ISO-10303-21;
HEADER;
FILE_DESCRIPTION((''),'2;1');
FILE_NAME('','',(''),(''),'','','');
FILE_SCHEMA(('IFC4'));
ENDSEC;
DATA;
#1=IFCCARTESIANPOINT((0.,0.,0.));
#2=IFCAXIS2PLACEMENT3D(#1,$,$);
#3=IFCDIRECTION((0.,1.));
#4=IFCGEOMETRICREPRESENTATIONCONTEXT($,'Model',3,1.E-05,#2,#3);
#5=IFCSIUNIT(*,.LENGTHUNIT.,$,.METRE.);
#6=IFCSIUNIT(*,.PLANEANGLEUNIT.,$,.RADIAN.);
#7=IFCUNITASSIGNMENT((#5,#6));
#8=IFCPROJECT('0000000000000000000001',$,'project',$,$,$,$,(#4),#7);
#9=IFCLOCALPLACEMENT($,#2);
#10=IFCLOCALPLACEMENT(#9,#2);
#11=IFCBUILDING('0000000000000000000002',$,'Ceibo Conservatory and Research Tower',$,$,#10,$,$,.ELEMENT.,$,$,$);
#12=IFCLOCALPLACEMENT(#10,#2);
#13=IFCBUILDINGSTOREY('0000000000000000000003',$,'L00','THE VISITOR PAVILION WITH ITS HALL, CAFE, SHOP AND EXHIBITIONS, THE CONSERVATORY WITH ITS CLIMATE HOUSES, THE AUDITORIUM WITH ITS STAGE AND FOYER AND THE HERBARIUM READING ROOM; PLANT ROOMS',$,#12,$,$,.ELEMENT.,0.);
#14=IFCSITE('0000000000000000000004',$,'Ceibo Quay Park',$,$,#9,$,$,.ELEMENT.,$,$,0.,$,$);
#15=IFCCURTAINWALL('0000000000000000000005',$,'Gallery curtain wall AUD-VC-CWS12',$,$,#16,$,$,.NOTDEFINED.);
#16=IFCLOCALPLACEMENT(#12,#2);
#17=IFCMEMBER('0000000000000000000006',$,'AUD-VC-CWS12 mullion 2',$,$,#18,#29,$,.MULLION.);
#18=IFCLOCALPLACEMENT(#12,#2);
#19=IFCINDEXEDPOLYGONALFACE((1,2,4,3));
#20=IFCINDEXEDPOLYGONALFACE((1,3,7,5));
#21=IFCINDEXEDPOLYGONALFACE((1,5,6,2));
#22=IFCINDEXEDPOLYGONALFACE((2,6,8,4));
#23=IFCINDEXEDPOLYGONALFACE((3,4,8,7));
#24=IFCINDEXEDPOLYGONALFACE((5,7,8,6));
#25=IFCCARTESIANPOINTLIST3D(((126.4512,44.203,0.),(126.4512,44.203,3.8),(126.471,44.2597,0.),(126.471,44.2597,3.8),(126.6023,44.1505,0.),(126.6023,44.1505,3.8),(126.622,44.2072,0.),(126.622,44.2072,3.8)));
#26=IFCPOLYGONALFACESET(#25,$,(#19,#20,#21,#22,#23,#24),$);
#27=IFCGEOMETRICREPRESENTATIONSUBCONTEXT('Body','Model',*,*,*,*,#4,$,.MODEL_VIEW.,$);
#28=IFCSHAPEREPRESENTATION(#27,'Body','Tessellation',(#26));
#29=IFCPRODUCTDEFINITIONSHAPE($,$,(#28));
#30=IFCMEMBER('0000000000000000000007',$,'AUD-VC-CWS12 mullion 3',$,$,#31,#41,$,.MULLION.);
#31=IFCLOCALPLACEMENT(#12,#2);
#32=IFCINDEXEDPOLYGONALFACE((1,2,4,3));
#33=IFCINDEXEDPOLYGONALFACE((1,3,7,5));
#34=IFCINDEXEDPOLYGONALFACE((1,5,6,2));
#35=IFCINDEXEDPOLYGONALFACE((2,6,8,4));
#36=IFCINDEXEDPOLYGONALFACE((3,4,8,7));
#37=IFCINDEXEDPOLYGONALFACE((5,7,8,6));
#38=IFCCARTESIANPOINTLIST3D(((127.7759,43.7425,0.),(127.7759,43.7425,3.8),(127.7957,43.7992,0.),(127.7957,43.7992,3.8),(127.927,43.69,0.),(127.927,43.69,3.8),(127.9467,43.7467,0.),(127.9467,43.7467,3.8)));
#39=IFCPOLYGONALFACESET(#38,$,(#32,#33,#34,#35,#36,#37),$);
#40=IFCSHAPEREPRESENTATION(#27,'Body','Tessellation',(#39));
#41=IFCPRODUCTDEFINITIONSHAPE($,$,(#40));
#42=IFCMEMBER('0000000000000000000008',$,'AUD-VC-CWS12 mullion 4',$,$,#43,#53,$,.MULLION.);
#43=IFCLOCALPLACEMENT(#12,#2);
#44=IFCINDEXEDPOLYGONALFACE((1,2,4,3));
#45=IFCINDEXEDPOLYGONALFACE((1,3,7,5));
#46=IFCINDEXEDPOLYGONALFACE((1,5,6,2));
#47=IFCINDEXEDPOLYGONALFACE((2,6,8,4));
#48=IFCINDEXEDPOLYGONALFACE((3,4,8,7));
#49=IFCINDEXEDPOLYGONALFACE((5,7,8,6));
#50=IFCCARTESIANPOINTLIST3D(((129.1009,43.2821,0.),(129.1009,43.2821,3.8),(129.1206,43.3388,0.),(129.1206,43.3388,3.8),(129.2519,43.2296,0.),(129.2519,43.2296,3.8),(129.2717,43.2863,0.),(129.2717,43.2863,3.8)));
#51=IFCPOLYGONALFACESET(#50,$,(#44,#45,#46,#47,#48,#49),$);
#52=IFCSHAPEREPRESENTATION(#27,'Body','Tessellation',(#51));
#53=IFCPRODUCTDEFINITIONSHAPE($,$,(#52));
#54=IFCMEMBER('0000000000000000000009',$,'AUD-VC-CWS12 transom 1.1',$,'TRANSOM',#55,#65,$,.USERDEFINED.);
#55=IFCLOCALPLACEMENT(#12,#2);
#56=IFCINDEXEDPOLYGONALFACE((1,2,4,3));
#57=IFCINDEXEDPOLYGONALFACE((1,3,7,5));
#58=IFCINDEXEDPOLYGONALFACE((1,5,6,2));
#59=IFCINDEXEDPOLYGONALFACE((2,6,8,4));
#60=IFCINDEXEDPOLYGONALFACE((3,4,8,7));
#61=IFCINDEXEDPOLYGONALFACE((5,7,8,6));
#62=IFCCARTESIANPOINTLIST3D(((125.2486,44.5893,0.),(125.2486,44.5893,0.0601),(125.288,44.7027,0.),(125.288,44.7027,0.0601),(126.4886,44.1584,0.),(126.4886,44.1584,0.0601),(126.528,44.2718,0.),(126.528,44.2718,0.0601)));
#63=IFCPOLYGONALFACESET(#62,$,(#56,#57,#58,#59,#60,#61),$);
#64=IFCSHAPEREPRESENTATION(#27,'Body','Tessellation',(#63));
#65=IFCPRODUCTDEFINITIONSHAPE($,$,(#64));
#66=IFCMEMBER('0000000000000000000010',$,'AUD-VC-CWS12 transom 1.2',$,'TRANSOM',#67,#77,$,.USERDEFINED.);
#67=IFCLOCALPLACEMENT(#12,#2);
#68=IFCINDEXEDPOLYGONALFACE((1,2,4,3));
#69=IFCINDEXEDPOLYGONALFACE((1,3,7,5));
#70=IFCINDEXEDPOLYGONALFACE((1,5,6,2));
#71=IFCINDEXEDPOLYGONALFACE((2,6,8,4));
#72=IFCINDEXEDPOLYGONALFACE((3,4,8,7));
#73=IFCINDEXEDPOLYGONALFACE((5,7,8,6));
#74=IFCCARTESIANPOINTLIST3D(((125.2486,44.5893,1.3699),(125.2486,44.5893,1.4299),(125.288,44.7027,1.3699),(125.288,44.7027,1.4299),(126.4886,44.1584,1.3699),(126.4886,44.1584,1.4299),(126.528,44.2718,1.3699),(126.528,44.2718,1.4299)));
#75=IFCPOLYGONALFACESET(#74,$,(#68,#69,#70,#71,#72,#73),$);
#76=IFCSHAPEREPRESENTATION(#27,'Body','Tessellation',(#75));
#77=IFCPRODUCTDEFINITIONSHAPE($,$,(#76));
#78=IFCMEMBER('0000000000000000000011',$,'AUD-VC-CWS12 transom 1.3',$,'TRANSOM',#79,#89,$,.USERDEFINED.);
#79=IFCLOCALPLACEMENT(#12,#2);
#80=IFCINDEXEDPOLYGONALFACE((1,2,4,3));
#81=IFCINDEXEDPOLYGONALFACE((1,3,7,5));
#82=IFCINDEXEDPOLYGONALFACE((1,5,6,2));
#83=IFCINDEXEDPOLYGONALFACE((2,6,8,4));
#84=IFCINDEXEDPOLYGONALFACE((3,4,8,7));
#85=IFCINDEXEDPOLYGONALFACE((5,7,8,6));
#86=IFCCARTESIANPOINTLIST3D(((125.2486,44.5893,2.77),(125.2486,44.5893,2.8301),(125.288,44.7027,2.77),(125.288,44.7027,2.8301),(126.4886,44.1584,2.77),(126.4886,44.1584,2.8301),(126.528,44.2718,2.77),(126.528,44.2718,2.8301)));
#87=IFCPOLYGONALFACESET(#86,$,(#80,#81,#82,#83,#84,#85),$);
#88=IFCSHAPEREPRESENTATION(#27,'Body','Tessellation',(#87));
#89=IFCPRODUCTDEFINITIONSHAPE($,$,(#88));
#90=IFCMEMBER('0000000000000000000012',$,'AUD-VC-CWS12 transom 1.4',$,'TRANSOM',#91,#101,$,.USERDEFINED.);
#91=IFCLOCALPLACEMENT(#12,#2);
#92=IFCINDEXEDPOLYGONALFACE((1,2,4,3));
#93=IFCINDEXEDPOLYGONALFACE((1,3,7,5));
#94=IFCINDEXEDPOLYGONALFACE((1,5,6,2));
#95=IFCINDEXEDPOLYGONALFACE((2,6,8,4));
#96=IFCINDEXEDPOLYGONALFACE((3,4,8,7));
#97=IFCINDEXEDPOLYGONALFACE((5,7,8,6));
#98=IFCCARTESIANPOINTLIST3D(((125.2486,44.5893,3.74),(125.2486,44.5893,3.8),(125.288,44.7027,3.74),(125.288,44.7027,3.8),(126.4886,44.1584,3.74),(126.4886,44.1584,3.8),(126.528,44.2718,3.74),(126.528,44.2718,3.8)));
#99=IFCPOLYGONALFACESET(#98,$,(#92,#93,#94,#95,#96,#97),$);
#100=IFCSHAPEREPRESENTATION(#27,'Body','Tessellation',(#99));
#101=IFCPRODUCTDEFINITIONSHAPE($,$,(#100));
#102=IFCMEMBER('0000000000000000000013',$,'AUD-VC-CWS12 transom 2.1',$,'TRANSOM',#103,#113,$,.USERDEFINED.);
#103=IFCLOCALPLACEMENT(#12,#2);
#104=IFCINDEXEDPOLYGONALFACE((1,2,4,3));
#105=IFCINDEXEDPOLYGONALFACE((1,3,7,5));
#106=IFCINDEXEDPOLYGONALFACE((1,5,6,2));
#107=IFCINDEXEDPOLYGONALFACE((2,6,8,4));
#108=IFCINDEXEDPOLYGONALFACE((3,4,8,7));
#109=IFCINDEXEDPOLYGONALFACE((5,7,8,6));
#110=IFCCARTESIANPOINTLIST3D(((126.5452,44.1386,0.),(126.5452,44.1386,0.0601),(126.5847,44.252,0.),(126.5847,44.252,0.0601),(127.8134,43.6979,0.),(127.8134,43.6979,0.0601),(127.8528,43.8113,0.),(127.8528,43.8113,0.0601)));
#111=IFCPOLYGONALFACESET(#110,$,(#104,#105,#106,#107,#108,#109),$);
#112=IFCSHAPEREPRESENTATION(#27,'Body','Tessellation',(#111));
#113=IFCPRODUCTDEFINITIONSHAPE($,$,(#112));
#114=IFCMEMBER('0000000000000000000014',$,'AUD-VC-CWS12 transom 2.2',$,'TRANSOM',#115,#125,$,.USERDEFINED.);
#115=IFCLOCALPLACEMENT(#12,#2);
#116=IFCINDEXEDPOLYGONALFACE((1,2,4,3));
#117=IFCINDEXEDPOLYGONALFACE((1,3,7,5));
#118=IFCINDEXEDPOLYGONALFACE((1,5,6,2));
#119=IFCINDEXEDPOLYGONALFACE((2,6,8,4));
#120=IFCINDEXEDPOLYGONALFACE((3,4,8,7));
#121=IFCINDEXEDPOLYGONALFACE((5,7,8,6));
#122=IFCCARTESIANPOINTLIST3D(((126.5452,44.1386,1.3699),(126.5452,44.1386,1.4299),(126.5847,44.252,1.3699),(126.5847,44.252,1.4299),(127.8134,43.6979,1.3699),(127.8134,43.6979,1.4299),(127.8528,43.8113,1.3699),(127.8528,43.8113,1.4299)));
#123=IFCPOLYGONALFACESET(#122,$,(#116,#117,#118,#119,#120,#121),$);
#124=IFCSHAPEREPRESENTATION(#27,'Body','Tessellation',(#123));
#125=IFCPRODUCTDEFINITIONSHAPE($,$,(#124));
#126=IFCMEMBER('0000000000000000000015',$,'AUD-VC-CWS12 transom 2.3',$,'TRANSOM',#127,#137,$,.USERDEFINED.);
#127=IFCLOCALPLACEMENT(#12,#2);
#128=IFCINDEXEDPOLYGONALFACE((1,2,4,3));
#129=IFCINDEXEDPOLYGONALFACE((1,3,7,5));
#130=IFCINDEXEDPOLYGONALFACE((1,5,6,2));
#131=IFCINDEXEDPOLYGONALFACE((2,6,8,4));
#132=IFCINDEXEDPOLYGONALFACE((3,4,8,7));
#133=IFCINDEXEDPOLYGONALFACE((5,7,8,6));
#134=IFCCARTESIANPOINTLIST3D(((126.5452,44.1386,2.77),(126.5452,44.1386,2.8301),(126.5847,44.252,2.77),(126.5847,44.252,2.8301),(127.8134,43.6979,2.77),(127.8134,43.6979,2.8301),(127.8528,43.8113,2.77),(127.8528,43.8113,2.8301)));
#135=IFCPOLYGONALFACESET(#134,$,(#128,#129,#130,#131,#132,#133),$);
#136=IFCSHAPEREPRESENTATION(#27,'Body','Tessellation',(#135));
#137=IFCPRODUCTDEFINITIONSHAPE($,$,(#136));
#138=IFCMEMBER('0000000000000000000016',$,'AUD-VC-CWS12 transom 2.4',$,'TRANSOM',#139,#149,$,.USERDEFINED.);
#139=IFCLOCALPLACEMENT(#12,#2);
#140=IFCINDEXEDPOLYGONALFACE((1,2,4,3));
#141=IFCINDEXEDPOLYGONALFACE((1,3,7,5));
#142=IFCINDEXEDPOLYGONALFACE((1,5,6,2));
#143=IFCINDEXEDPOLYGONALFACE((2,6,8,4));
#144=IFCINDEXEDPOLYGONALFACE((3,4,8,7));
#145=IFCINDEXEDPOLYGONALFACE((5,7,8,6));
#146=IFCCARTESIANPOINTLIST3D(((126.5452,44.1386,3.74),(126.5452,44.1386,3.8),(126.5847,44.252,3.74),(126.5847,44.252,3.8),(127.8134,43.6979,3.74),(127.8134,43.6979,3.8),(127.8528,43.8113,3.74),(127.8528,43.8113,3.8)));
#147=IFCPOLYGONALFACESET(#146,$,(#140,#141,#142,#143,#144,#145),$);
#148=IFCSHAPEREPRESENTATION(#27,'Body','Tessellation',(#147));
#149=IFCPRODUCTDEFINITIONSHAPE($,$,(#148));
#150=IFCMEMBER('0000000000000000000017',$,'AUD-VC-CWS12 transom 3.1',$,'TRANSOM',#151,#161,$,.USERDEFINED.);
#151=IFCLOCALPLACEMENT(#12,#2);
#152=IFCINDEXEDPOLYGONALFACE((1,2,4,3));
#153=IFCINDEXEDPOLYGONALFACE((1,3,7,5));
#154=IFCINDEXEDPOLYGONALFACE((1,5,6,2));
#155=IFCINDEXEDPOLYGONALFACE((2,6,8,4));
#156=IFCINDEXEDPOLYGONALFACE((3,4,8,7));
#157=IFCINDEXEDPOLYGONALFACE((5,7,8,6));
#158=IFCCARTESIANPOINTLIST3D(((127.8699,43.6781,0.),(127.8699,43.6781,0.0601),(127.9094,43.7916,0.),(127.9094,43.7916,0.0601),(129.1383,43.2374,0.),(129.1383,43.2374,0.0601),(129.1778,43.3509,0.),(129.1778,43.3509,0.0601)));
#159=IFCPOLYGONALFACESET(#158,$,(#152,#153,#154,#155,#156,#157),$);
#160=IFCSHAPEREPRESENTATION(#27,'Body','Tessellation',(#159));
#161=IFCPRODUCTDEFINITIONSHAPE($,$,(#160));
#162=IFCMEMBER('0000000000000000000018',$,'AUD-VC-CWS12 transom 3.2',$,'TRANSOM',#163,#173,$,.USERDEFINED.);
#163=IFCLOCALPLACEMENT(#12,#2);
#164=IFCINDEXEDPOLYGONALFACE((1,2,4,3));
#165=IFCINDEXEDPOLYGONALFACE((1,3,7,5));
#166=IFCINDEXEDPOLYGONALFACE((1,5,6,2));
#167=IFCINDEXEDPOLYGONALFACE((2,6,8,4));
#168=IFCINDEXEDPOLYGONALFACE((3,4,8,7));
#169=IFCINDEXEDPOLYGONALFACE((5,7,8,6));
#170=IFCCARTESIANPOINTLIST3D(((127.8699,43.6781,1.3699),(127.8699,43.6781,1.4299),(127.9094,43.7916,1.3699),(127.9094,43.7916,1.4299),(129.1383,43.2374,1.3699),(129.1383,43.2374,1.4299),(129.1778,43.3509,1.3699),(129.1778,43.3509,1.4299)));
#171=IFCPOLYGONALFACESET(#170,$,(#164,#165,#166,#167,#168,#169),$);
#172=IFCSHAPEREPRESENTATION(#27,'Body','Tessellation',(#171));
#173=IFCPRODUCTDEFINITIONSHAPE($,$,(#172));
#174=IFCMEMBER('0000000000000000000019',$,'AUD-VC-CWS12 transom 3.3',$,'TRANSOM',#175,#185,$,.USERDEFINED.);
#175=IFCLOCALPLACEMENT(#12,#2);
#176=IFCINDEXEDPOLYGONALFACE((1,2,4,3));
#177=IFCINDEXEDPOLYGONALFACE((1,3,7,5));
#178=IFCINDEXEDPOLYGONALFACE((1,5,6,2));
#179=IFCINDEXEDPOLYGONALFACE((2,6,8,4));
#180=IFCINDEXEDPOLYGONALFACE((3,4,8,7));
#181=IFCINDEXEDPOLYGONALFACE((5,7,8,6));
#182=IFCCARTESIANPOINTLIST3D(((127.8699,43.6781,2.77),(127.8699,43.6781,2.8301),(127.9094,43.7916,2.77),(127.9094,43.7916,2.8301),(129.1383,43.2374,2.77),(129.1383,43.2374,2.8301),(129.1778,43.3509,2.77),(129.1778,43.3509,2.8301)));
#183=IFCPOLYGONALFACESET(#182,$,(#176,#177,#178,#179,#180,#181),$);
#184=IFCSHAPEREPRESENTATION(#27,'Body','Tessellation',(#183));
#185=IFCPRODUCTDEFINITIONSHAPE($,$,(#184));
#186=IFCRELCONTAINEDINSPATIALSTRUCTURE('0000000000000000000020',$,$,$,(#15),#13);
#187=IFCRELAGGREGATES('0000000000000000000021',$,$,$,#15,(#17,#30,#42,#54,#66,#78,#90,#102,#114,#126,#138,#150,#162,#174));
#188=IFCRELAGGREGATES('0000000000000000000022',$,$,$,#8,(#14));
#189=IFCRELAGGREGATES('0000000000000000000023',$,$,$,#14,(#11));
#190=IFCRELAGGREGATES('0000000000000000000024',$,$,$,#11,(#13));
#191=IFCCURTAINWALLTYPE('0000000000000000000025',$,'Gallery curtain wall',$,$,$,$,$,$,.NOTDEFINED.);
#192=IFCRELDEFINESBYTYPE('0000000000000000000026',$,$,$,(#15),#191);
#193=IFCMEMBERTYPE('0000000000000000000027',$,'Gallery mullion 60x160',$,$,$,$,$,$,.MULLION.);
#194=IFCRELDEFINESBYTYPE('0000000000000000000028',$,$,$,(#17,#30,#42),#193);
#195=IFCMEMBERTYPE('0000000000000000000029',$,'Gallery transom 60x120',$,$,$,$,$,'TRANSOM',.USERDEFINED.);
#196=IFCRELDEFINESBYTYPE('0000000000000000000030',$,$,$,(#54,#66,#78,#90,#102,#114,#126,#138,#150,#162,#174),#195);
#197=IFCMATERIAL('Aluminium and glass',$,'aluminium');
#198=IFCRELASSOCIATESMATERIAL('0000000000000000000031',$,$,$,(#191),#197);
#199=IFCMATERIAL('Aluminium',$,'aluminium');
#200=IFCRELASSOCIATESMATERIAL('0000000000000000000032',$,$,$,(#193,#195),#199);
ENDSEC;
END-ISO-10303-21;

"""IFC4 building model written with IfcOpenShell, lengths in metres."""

from ifc_helpers import new_model, si_unit, direction, frame, origin, origin_2d, place, context, subcontext, project, spatial, rectangle, extrude, material, material_profile, profile_set, type_object, element, aggregate, save


model = new_model("IFC4")

# Units and contexts
model_context = context("Model", 3, precision=1e-05, world=origin(), true_north=direction((0.0, 1.0)))
body_context = subcontext(model_context, "Body", "Model", "MODEL_VIEW")
ifc_project = project(units=[si_unit("LENGTHUNIT", "METRE"), si_unit("PLANEANGLEUNIT", "RADIAN")], contexts=[model_context])

# Site, building, storey
site_placement = place(None, origin())
site = spatial("IfcSite", under=ifc_project, at=site_placement, Name="Ceibo Quay Park", CompositionType="ELEMENT", RefElevation=0.0)
building_placement = place(site_placement, origin())
building = spatial("IfcBuilding", under=site, at=building_placement, Name="Ceibo Conservatory and Research Tower", CompositionType="ELEMENT")
storey_placement = place(building_placement, origin())
storey = spatial("IfcBuildingStorey", under=building, at=storey_placement, Name="L00", Description="THE VISITOR PAVILION WITH ITS HALL, CAFE, SHOP AND EXHIBITIONS, THE CONSERVATORY WITH ITS CLIMATE HOUSES, THE AUDITORIUM WITH ITS STAGE AND FOYER AND THE HERBARIUM READING ROOM; PLANT ROOMS", CompositionType="ELEMENT", Elevation=0.0)

# Curtain wall, members
ifc_material_1 = material(Name="Aluminium and glass", Category="aluminium")
curtain_wall_type = type_object("IfcCurtainWallType", Name="Gallery curtain wall", PredefinedType="NOTDEFINED", material=ifc_material_1)
curtain_wall_1_placement = place(storey_placement, origin())
curtain_wall_1 = element("IfcCurtainWall", 1, at=curtain_wall_1_placement, inside=storey, type_object=curtain_wall_type, Name="Gallery curtain wall AUD-VC-CWS12", PredefinedType="NOTDEFINED")
ifc_material_2 = material(Name="Aluminium", Category="aluminium")
ifc_material_profile_1 = material_profile(ifc_material_2, rectangle(XDim=0.0601, YDim=0.1599, at=origin_2d()), Name="AL 60x160")
ifc_profile_set_1 = profile_set([ifc_material_profile_1], Name="Aluminium")
member_type_1 = type_object("IfcMemberType", Name="Gallery mullion 60x160", PredefinedType="MULLION", material=ifc_profile_set_1)
member_1_placement = place(storey_placement, frame((126.5366, 44.2051, 0.0), z_axis=(0.0, 0.0, 1.0), x_axis=(0.328284, 0.944579, 0.0)))
member_1 = element("IfcMember", 2, at=member_1_placement, type_object=member_type_1, Name="AUD-VC-CWS12 mullion 2", PredefinedType="MULLION", context=body_context, shape_type="SweptSolid", body=[
    extrude(rectangle(XDim=0.0601, YDim=0.1599, at=origin_2d()), origin(), (0.0, 0.0, 1.0), 3.8),
])
member_2_placement = place(storey_placement, frame((127.8613, 43.7446, 0.0), z_axis=(0.0, 0.0, 1.0), x_axis=(0.328284, 0.944579, 0.0)))
member_2 = element("IfcMember", 3, at=member_2_placement, type_object=member_type_1, Name="AUD-VC-CWS12 mullion 3", PredefinedType="MULLION", context=body_context, shape_type="SweptSolid", body=[
    extrude(rectangle(XDim=0.0601, YDim=0.1599, at=origin_2d()), origin(), (0.0, 0.0, 1.0), 3.8),
])
member_3_placement = place(storey_placement, frame((129.1863, 43.2842, 0.0), z_axis=(0.0, 0.0, 1.0), x_axis=(0.328284, 0.944579, 0.0)))
member_3 = element("IfcMember", 4, at=member_3_placement, type_object=member_type_1, Name="AUD-VC-CWS12 mullion 4", PredefinedType="MULLION", context=body_context, shape_type="SweptSolid", body=[
    extrude(rectangle(XDim=0.0601, YDim=0.1599, at=origin_2d()), origin(), (0.0, 0.0, 1.0), 3.8),
])
ifc_material_profile_2 = material_profile(ifc_material_2, rectangle(XDim=0.1201, YDim=0.0601, at=origin_2d()), Name="AL 60x120")
ifc_profile_set_2 = profile_set([ifc_material_profile_2], Name="Aluminium")
member_type_2 = type_object("IfcMemberType", Name="Gallery transom 60x120", ElementType="TRANSOM", PredefinedType="USERDEFINED", material=ifc_profile_set_2)
member_4_placement = place(storey_placement, frame((125.2683, 44.646, 0.03), z_axis=(0.94459, -0.328254, 0.0), x_axis=(0.328254, 0.94459, 0.0)))
member_4 = element("IfcMember", 5, at=member_4_placement, type_object=member_type_2, Name="AUD-VC-CWS12 transom 1.1", ObjectType="TRANSOM", PredefinedType="USERDEFINED", context=body_context, shape_type="SweptSolid", body=[
    extrude(rectangle(XDim=0.1201, YDim=0.0601, at=origin_2d()), origin(), (0.0, 0.0, 1.0), 1.3127),
])
member_5_placement = place(storey_placement, frame((125.2683, 44.646, 1.3999), z_axis=(0.94459, -0.328254, 0.0), x_axis=(0.328254, 0.94459, 0.0)))
member_5 = element("IfcMember", 6, at=member_5_placement, type_object=member_type_2, Name="AUD-VC-CWS12 transom 1.2", ObjectType="TRANSOM", PredefinedType="USERDEFINED", context=body_context, shape_type="SweptSolid", body=[
    extrude(rectangle(XDim=0.1201, YDim=0.0601, at=origin_2d()), origin(), (0.0, 0.0, 1.0), 1.3127),
])
member_6_placement = place(storey_placement, frame((125.2683, 44.646, 2.8), z_axis=(0.94459, -0.328254, 0.0), x_axis=(0.328254, 0.94459, 0.0)))
member_6 = element("IfcMember", 7, at=member_6_placement, type_object=member_type_2, Name="AUD-VC-CWS12 transom 1.3", ObjectType="TRANSOM", PredefinedType="USERDEFINED", context=body_context, shape_type="SweptSolid", body=[
    extrude(rectangle(XDim=0.1201, YDim=0.0601, at=origin_2d()), origin(), (0.0, 0.0, 1.0), 1.3127),
])
member_7_placement = place(storey_placement, frame((125.2683, 44.646, 3.77), z_axis=(0.94459, -0.328254, 0.0), x_axis=(0.328254, 0.94459, 0.0)))
member_7 = element("IfcMember", 8, at=member_7_placement, type_object=member_type_2, Name="AUD-VC-CWS12 transom 1.4", ObjectType="TRANSOM", PredefinedType="USERDEFINED", context=body_context, shape_type="SweptSolid", body=[
    extrude(rectangle(XDim=0.1201, YDim=0.0601, at=origin_2d()), origin(), (0.0, 0.0, 1.0), 1.3127),
])
member_8_placement = place(storey_placement, frame((126.5649, 44.1953, 0.03), z_axis=(0.944588, -0.32826, 0.0), x_axis=(0.32826, 0.944588, 0.0)))
member_8 = element("IfcMember", 9, at=member_8_placement, type_object=member_type_2, Name="AUD-VC-CWS12 transom 2.1", ObjectType="TRANSOM", PredefinedType="USERDEFINED", context=body_context, shape_type="SweptSolid", body=[
    extrude(rectangle(XDim=0.1201, YDim=0.0601, at=origin_2d()), origin(), (0.0, 0.0, 1.0), 1.3425),
])
member_9_placement = place(storey_placement, frame((126.5649, 44.1953, 1.3999), z_axis=(0.944588, -0.32826, 0.0), x_axis=(0.32826, 0.944588, 0.0)))
member_9 = element("IfcMember", 10, at=member_9_placement, type_object=member_type_2, Name="AUD-VC-CWS12 transom 2.2", ObjectType="TRANSOM", PredefinedType="USERDEFINED", context=body_context, shape_type="SweptSolid", body=[
    extrude(rectangle(XDim=0.1201, YDim=0.0601, at=origin_2d()), origin(), (0.0, 0.0, 1.0), 1.3425),
])
member_10_placement = place(storey_placement, frame((126.5649, 44.1953, 2.8), z_axis=(0.944588, -0.32826, 0.0), x_axis=(0.32826, 0.944588, 0.0)))
member_10 = element("IfcMember", 11, at=member_10_placement, type_object=member_type_2, Name="AUD-VC-CWS12 transom 2.3", ObjectType="TRANSOM", PredefinedType="USERDEFINED", context=body_context, shape_type="SweptSolid", body=[
    extrude(rectangle(XDim=0.1201, YDim=0.0601, at=origin_2d()), origin(), (0.0, 0.0, 1.0), 1.3425),
])
member_11_placement = place(storey_placement, frame((126.5649, 44.1953, 3.77), z_axis=(0.944588, -0.32826, 0.0), x_axis=(0.32826, 0.944588, 0.0)))
member_11 = element("IfcMember", 12, at=member_11_placement, type_object=member_type_2, Name="AUD-VC-CWS12 transom 2.4", ObjectType="TRANSOM", PredefinedType="USERDEFINED", context=body_context, shape_type="SweptSolid", body=[
    extrude(rectangle(XDim=0.1201, YDim=0.0601, at=origin_2d()), origin(), (0.0, 0.0, 1.0), 1.3425),
])
member_12_placement = place(storey_placement, frame((127.8896, 43.7349, 0.03), z_axis=(0.944607, -0.328203, 0.0), x_axis=(0.328203, 0.944607, 0.0)))
member_12 = element("IfcMember", 13, at=member_12_placement, type_object=member_type_2, Name="AUD-VC-CWS12 transom 3.1", ObjectType="TRANSOM", PredefinedType="USERDEFINED", context=body_context, shape_type="SweptSolid", body=[
    extrude(rectangle(XDim=0.1201, YDim=0.0601, at=origin_2d()), origin(), (0.0, 0.0, 1.0), 1.3428),
])
member_13_placement = place(storey_placement, frame((127.8896, 43.7349, 1.3999), z_axis=(0.944607, -0.328203, 0.0), x_axis=(0.328203, 0.944607, 0.0)))
member_13 = element("IfcMember", 14, at=member_13_placement, type_object=member_type_2, Name="AUD-VC-CWS12 transom 3.2", ObjectType="TRANSOM", PredefinedType="USERDEFINED", context=body_context, shape_type="SweptSolid", body=[
    extrude(rectangle(XDim=0.1201, YDim=0.0601, at=origin_2d()), origin(), (0.0, 0.0, 1.0), 1.3428),
])
member_14_placement = place(storey_placement, frame((127.8896, 43.7349, 2.8), z_axis=(0.944607, -0.328203, 0.0), x_axis=(0.328203, 0.944607, 0.0)))
member_14 = element("IfcMember", 15, at=member_14_placement, type_object=member_type_2, Name="AUD-VC-CWS12 transom 3.3", ObjectType="TRANSOM", PredefinedType="USERDEFINED", context=body_context, shape_type="SweptSolid", body=[
    extrude(rectangle(XDim=0.1201, YDim=0.0601, at=origin_2d()), origin(), (0.0, 0.0, 1.0), 1.3428),
])

aggregate(curtain_wall_1, [member_1, member_2, member_3, member_4, member_5, member_6, member_7, member_8, member_9, member_10, member_11, member_12, member_13, member_14])

save(model, "model.ifc")
